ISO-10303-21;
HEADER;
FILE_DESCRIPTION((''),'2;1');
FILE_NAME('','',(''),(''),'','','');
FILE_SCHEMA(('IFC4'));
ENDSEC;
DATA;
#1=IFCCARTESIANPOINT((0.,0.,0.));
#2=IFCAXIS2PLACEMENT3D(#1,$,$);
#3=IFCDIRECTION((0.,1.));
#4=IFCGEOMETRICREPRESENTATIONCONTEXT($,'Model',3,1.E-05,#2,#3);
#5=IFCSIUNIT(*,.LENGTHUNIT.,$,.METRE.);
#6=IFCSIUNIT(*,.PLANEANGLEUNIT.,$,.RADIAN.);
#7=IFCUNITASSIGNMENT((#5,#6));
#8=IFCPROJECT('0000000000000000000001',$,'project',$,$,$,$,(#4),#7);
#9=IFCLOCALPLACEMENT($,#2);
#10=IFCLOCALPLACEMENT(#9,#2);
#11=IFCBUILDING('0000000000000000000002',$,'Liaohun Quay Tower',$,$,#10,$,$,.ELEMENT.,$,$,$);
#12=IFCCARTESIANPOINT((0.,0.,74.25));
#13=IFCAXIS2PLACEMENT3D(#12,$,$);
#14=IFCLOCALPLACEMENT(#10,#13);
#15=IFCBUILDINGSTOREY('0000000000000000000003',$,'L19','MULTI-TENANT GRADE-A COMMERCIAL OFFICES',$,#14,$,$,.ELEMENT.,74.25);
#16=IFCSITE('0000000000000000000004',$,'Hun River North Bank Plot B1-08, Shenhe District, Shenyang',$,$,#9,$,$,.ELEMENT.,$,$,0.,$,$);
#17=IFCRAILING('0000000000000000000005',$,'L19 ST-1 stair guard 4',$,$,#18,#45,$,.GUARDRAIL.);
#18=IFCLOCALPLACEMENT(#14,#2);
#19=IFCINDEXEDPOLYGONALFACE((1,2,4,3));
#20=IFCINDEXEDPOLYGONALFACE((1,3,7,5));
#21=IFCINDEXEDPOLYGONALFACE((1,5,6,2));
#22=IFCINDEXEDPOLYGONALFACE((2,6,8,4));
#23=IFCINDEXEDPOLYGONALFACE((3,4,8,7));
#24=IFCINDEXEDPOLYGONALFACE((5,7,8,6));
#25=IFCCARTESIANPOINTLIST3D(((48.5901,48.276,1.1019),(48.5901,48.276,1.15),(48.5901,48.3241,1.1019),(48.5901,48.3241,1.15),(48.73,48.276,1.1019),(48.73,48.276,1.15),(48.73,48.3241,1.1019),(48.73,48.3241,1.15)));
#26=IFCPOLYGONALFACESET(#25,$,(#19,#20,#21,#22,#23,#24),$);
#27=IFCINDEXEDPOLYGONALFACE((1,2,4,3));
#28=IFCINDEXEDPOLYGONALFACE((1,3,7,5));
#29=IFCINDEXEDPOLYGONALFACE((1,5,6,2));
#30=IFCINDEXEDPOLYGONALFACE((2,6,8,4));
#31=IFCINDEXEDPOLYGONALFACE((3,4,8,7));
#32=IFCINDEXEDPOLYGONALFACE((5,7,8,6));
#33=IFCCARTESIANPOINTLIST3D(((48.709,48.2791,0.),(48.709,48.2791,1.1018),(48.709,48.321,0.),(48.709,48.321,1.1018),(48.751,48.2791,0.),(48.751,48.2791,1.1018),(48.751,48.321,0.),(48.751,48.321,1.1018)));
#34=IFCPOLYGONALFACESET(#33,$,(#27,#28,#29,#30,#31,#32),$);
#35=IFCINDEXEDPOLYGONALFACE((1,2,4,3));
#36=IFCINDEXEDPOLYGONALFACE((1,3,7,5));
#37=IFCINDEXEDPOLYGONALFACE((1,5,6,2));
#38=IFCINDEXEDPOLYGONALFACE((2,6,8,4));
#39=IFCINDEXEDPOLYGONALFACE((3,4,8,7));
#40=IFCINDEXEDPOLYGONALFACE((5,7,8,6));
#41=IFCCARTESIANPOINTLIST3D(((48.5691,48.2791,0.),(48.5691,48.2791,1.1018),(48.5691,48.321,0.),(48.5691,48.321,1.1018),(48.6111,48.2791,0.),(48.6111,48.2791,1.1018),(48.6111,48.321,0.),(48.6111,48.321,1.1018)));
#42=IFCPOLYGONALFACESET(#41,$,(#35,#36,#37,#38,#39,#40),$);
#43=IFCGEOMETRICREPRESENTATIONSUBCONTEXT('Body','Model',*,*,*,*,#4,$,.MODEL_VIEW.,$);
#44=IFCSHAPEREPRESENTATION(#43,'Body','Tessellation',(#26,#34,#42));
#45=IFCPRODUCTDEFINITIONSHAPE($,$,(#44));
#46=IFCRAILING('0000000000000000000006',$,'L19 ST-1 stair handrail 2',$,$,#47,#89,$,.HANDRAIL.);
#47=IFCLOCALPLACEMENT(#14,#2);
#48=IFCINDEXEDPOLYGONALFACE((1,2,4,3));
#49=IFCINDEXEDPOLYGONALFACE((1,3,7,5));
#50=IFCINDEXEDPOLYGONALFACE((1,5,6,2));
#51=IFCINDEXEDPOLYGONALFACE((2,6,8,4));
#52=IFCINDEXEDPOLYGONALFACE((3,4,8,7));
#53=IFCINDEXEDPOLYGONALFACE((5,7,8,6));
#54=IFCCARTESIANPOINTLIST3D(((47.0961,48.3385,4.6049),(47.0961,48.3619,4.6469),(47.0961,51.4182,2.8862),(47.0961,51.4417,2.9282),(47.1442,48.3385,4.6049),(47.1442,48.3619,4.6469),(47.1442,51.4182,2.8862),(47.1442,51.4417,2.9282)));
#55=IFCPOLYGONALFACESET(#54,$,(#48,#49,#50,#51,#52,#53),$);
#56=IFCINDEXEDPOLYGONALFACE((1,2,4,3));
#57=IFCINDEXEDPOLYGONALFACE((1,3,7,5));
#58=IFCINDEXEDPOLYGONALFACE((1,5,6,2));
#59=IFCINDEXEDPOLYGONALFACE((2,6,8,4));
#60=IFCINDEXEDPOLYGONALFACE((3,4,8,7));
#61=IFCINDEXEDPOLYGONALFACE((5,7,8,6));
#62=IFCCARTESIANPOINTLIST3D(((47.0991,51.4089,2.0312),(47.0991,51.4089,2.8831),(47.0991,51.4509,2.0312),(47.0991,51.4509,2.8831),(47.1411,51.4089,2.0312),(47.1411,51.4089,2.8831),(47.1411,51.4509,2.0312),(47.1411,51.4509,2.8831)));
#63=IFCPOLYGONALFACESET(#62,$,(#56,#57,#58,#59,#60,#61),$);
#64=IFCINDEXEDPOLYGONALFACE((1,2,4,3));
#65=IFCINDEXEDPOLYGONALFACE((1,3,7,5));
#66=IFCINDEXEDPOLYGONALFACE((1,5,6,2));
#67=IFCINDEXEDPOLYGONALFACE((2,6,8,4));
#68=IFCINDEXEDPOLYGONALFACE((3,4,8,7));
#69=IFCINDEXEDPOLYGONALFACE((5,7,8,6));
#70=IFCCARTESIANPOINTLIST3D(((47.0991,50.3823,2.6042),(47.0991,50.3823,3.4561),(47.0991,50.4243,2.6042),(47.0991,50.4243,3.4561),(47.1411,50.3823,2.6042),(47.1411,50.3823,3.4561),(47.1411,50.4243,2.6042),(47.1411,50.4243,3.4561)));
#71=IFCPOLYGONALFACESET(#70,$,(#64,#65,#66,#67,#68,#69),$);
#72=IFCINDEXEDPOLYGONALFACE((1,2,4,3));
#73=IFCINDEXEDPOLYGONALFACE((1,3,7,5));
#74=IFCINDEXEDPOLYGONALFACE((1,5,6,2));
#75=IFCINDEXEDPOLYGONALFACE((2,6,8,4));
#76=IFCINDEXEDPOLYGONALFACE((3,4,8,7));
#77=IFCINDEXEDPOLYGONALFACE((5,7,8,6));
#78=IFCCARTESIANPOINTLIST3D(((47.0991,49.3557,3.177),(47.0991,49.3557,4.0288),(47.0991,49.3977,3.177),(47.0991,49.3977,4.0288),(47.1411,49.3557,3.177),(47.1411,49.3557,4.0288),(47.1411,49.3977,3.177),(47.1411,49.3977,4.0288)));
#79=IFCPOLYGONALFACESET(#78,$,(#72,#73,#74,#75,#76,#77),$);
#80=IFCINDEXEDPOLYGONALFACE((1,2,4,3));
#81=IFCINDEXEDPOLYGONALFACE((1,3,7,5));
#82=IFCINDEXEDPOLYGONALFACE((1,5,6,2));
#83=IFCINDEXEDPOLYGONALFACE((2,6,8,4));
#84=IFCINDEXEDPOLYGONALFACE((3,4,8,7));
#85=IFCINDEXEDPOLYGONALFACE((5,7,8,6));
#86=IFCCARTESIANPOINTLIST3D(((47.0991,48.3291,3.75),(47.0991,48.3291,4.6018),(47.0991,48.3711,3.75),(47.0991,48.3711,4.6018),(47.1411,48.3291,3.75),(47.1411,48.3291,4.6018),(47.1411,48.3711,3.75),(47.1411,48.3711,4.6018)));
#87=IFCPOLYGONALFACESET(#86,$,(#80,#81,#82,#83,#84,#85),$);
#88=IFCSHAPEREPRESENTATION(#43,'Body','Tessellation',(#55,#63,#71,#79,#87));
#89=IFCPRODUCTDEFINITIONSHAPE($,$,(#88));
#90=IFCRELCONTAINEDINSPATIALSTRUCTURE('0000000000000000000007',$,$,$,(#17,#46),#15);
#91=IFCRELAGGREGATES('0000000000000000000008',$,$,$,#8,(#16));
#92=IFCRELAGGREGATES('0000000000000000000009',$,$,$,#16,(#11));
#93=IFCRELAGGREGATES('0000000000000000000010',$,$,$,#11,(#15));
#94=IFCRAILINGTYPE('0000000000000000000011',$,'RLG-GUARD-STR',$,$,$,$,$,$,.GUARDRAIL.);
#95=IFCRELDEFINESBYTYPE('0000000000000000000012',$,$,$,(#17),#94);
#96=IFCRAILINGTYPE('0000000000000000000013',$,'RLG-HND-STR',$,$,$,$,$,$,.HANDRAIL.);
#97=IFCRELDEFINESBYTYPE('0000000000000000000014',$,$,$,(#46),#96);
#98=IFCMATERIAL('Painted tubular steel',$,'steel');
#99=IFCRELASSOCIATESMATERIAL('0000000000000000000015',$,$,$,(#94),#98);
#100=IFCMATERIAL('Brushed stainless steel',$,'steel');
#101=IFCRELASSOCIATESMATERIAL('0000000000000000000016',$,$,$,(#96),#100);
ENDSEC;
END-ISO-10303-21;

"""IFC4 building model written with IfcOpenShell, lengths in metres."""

from ifc_helpers import new_model, si_unit, direction, frame, origin, origin_2d, place, context, subcontext, project, spatial, rectangle, extrude, material, type_object, element, save


model = new_model("IFC4")

# Units and contexts
model_context = context("Model", 3, precision=1e-05, world=origin(), true_north=direction((0.0, 1.0)))
body_context = subcontext(model_context, "Body", "Model", "MODEL_VIEW")
ifc_project = project(units=[si_unit("LENGTHUNIT", "METRE"), si_unit("PLANEANGLEUNIT", "RADIAN")], contexts=[model_context])

# Site, building, storey
site_placement = place(None, origin())
site = spatial("IfcSite", under=ifc_project, at=site_placement, Name="Hun River North Bank Plot B1-08, Shenhe District, Shenyang", CompositionType="ELEMENT", RefElevation=0.0)
building_placement = place(site_placement, origin())
building = spatial("IfcBuilding", under=site, at=building_placement, Name="Liaohun Quay Tower", CompositionType="ELEMENT")
storey_placement = place(building_placement, frame((0.0, 0.0, 74.25)))
storey = spatial("IfcBuildingStorey", under=building, at=storey_placement, Name="L19", Description="MULTI-TENANT GRADE-A COMMERCIAL OFFICES", CompositionType="ELEMENT", Elevation=74.25)

# Railings
ifc_material_1 = material(Name="Painted tubular steel", Category="steel")
railing_type_1 = type_object("IfcRailingType", Name="RLG-GUARD-STR", PredefinedType="GUARDRAIL", material=ifc_material_1)
railing_1_placement = place(storey_placement, frame((48.73, 48.3, 0.0)))
element("IfcRailing", 1, at=railing_1_placement, inside=storey, type_object=railing_type_1, Name="L19 ST-1 stair guard 4", PredefinedType="GUARDRAIL", context=body_context, shape_type="SweptSolid", body=[
    extrude(rectangle(XDim=0.0481, YDim=0.0481, at=origin_2d()), frame((0.0, 0.0, 1.126), z_axis=(-1.0, 0.0, 0.0), x_axis=(0.0, -1.0, 0.0)), (0.0, 0.0, 1.0), 0.1399),
    extrude(rectangle(XDim=0.042, YDim=0.042, at=origin_2d()), origin(), (0.0, 0.0, 1.0), 1.1018),
    extrude(rectangle(XDim=0.042, YDim=0.042, at=origin_2d()), frame((-0.1399, 0.0, 0.0)), (0.0, 0.0, 1.0), 1.1018),
])
ifc_material_2 = material(Name="Brushed stainless steel", Category="steel")
railing_type_2 = type_object("IfcRailingType", Name="RLG-HND-STR", PredefinedType="HANDRAIL", material=ifc_material_2)
railing_2_placement = place(storey_placement, frame((47.1201, 51.4299, 2.0312)))
element("IfcRailing", 2, at=railing_2_placement, inside=storey, type_object=railing_type_2, Name="L19 ST-1 stair handrail 2", PredefinedType="HANDRAIL", context=body_context, shape_type="SweptSolid", body=[
    extrude(rectangle(XDim=0.0481, YDim=0.0481, at=origin_2d()), frame((0.0, 0.0, 0.876), z_axis=(0.0, -0.873225, 0.487317), x_axis=(1.0, 0.0, 0.0)), (0.0, 0.0, 1.0), 3.5269),
    extrude(rectangle(XDim=0.042, YDim=0.042, at=origin_2d()), origin(), (0.0, 0.0, 1.0), 0.8518),
    extrude(rectangle(XDim=0.042, YDim=0.042, at=origin_2d()), frame((0.0, -1.0266, 0.573)), (0.0, 0.0, 1.0), 0.8518),
    extrude(rectangle(XDim=0.042, YDim=0.042, at=origin_2d()), frame((0.0, -2.0532, 1.1458)), (0.0, 0.0, 1.0), 0.8518),
    extrude(rectangle(XDim=0.042, YDim=0.042, at=origin_2d()), frame((0.0, -3.0798, 1.7188)), (0.0, 0.0, 1.0), 0.8518),
])

save(model, "model.ifc")
